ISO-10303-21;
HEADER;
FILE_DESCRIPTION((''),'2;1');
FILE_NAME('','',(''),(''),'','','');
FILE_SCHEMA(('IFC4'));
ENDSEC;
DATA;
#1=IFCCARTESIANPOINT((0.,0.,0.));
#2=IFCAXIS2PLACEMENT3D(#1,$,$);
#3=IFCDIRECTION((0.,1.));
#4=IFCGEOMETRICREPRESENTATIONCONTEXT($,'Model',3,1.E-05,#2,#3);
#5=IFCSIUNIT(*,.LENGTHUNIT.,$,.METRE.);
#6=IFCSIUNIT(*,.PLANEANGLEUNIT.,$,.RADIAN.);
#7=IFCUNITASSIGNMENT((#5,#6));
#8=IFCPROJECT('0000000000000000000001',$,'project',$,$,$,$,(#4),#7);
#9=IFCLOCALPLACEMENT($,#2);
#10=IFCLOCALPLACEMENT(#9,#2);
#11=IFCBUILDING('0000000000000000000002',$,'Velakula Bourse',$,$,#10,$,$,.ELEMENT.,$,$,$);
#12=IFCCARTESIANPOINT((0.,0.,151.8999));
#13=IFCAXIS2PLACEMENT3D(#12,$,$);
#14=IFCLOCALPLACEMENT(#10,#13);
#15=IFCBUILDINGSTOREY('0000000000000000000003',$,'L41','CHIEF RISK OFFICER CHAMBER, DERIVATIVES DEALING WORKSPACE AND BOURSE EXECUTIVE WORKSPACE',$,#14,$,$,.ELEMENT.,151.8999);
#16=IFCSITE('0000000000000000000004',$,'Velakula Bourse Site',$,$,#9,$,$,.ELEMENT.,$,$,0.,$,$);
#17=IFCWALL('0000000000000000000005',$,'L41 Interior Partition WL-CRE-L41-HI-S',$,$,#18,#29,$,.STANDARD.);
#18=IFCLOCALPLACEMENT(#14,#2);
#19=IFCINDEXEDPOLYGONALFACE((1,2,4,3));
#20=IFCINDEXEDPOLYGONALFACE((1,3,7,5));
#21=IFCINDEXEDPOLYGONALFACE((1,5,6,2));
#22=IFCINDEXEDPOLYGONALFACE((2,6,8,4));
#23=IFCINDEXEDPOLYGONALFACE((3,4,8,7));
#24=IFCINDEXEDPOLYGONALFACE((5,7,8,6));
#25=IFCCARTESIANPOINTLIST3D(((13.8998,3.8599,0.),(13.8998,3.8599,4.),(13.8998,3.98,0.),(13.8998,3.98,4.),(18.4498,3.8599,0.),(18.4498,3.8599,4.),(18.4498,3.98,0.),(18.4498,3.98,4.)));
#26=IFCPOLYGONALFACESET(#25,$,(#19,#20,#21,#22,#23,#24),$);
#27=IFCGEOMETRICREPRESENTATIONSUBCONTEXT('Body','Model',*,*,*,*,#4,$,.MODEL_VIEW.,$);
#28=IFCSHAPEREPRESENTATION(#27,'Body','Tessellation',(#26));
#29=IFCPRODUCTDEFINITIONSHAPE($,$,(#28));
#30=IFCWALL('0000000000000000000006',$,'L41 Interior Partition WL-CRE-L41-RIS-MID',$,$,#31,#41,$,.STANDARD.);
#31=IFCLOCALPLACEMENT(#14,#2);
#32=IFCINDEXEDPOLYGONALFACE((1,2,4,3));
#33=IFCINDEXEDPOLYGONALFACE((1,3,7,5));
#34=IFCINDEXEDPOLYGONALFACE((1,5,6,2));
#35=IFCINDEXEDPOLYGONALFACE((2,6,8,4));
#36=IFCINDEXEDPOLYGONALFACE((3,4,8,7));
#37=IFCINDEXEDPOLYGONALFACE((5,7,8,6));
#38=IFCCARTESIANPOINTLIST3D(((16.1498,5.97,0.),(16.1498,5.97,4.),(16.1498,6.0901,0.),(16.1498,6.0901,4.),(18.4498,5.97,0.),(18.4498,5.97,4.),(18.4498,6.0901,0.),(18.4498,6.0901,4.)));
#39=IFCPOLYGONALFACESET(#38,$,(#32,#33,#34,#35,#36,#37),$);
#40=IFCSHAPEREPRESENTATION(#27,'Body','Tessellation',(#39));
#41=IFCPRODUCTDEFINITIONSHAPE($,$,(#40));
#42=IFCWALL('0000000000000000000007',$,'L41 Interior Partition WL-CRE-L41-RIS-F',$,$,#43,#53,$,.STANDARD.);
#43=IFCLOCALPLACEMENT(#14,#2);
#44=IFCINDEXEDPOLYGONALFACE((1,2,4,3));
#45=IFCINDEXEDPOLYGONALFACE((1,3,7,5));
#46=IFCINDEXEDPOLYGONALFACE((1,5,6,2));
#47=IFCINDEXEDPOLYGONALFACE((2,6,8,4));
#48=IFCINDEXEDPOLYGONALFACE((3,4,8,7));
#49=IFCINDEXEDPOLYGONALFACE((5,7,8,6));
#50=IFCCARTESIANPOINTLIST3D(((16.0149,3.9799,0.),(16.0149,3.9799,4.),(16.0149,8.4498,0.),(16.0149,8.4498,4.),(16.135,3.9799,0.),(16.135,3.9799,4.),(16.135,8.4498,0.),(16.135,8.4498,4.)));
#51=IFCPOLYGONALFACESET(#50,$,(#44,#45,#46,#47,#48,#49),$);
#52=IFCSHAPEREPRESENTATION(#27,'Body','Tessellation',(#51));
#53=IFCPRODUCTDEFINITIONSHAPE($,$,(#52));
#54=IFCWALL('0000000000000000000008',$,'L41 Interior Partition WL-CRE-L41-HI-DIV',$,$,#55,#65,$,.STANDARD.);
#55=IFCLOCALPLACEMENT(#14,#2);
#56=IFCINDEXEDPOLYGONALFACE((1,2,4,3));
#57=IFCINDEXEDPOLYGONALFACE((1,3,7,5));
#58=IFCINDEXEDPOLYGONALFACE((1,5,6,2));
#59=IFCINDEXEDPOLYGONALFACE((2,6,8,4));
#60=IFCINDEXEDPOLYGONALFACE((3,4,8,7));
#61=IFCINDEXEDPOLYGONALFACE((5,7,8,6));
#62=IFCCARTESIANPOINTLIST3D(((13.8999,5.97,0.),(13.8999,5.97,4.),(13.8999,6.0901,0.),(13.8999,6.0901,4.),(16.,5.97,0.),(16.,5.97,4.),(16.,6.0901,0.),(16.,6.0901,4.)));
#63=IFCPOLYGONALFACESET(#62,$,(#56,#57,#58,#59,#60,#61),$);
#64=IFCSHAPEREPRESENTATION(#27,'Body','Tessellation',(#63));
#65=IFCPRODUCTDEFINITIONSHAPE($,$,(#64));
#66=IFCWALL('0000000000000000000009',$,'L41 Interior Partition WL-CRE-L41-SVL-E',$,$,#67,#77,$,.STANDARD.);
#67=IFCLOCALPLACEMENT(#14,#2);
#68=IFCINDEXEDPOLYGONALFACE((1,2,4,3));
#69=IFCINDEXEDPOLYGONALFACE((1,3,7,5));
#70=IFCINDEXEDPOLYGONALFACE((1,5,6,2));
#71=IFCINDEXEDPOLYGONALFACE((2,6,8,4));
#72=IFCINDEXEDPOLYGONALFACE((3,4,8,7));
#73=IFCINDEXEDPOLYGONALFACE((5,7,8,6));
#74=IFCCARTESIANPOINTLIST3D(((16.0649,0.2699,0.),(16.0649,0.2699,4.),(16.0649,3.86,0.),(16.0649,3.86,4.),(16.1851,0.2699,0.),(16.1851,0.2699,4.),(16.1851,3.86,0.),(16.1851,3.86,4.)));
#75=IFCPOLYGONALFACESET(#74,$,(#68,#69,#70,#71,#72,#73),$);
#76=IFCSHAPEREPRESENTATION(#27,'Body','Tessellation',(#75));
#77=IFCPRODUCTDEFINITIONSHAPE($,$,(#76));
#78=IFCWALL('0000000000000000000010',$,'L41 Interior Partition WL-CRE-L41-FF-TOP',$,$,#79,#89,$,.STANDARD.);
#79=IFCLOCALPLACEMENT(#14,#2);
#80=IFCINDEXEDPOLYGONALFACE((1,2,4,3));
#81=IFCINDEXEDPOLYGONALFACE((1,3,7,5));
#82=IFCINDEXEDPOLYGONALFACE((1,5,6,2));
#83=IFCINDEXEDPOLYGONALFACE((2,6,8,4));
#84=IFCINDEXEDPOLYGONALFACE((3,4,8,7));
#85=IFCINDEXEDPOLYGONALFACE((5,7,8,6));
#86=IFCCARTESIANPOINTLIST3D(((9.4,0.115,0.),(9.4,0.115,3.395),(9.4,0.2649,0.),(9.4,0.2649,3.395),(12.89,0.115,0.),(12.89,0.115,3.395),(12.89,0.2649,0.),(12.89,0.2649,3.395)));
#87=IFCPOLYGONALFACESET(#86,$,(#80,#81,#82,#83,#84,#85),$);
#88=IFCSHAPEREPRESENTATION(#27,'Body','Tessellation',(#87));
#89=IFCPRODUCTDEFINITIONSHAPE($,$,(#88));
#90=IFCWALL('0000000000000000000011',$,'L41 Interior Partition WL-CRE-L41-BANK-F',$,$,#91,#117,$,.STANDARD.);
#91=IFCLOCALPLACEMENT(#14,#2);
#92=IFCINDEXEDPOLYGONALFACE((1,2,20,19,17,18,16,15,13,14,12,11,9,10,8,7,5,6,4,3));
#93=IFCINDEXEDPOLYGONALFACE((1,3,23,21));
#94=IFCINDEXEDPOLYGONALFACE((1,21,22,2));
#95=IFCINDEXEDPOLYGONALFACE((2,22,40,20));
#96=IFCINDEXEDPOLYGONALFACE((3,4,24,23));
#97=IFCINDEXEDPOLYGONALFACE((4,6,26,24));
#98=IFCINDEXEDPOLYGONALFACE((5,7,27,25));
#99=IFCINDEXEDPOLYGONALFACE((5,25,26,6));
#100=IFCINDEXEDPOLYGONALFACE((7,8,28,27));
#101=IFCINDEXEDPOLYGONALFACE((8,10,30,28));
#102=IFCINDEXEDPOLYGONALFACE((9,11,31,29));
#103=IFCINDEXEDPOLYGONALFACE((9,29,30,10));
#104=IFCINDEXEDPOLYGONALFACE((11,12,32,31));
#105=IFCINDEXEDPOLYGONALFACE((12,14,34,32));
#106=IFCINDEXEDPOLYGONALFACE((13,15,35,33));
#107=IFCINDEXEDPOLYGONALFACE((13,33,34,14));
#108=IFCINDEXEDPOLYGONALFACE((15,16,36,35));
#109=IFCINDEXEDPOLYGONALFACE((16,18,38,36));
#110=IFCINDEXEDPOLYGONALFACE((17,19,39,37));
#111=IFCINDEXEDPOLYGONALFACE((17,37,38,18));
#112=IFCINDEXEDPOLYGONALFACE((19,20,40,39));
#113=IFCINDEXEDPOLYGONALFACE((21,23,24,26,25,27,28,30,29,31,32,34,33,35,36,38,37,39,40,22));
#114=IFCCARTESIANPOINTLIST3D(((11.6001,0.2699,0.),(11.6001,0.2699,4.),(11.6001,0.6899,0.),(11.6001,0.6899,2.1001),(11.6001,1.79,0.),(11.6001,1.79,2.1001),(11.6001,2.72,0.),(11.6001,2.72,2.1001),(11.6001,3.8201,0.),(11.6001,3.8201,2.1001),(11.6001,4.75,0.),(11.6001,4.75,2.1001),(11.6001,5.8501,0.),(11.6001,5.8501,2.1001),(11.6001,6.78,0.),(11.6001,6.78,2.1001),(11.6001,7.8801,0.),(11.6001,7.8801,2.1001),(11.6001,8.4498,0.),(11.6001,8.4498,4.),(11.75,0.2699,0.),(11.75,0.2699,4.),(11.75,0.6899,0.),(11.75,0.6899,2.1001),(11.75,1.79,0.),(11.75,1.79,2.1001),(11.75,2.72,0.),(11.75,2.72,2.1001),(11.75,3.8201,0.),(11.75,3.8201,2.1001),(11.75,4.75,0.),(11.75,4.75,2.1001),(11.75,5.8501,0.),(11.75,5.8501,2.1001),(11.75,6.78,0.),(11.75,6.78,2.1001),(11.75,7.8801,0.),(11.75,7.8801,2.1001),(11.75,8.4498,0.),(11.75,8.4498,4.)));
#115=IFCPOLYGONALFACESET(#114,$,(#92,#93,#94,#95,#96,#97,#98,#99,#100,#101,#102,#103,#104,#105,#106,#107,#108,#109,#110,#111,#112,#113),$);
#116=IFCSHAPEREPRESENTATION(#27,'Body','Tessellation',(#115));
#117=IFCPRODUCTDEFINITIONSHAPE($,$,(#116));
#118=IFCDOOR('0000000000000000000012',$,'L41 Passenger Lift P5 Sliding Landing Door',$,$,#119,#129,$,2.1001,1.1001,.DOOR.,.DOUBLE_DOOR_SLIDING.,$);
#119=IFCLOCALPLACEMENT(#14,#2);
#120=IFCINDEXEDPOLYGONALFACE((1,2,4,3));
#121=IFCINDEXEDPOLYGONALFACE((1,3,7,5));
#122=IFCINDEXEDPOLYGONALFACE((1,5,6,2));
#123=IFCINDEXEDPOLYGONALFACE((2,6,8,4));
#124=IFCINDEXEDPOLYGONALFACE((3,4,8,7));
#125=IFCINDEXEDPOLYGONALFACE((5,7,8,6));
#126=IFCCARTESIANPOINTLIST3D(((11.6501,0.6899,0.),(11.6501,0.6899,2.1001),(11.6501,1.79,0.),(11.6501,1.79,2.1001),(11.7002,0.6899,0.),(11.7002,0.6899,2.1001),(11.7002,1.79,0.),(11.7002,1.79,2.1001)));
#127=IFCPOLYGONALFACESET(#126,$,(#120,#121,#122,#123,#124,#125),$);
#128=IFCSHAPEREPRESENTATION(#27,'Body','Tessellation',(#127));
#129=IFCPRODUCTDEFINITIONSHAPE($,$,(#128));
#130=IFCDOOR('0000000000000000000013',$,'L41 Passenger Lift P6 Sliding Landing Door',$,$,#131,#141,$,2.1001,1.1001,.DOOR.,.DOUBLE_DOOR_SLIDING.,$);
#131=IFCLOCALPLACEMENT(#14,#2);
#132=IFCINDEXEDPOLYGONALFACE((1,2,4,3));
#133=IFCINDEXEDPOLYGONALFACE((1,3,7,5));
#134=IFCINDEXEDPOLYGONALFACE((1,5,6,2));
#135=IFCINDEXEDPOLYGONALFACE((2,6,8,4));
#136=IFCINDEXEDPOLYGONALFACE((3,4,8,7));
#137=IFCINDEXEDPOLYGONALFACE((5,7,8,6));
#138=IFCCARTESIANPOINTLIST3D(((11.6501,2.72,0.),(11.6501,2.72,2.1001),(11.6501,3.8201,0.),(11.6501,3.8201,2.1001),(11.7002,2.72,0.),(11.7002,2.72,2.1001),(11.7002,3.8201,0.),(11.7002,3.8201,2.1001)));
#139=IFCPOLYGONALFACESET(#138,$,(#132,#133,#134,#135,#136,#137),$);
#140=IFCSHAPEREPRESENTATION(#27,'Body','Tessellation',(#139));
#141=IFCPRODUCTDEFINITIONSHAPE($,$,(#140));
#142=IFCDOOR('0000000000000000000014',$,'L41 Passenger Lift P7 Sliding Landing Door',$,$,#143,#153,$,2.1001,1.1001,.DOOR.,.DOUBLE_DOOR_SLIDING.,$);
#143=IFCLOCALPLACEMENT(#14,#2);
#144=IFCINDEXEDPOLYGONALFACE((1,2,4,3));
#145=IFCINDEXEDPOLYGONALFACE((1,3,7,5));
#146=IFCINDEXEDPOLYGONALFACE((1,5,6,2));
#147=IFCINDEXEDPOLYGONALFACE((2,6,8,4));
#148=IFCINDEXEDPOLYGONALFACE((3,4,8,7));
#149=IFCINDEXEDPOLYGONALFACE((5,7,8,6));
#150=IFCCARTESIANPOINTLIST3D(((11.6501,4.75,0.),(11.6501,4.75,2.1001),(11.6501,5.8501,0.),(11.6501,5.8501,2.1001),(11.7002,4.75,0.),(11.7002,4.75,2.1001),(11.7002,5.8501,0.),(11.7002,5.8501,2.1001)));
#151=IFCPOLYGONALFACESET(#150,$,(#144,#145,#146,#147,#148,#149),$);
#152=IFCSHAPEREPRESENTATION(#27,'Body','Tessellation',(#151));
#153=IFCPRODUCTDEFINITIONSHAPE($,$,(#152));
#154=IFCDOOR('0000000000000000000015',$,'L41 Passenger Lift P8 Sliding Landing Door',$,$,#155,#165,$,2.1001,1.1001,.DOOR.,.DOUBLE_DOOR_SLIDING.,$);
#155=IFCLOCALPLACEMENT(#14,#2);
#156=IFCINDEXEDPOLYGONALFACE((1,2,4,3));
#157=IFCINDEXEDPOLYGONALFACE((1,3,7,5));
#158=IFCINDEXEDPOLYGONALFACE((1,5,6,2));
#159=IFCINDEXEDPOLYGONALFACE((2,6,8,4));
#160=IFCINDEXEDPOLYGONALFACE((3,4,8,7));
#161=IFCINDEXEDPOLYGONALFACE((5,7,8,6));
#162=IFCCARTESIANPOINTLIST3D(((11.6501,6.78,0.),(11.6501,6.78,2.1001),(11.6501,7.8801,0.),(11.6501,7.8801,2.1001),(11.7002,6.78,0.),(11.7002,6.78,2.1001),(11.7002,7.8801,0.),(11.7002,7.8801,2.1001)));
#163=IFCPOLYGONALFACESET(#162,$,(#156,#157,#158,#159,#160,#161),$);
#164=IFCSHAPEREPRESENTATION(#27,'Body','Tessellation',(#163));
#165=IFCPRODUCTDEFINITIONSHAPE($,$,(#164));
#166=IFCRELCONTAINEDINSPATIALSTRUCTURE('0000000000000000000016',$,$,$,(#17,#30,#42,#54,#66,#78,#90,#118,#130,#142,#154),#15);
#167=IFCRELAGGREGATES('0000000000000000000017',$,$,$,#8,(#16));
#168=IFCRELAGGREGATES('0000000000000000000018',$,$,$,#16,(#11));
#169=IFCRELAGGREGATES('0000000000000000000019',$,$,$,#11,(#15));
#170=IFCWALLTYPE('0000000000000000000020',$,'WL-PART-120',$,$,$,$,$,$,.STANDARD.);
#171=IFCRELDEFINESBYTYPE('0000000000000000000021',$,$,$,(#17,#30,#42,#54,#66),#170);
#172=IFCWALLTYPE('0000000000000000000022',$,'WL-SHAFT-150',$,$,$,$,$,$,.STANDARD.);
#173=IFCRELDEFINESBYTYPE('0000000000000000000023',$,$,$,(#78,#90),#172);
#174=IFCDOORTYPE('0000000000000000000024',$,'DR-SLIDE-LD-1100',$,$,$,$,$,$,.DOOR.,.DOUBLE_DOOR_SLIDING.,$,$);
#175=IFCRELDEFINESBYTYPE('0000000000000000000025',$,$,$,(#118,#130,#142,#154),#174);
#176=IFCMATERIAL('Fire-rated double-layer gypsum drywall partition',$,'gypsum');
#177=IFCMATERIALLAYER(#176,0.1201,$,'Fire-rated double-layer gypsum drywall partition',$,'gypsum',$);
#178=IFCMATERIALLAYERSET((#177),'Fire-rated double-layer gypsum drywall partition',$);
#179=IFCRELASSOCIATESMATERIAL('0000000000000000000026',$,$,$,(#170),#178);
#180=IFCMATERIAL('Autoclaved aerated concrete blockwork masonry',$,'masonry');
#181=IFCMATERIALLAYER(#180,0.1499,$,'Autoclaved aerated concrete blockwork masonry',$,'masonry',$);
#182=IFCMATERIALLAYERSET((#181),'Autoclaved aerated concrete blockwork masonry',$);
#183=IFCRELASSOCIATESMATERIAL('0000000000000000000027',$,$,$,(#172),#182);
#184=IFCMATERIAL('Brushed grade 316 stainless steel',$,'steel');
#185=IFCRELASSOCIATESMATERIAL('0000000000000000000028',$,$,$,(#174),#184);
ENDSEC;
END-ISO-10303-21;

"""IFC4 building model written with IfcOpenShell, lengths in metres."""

from ifc_helpers import new_model, si_unit, direction, frame, frame_2d, origin, place, context, subcontext, project, spatial, rectangle, extrude, material, layer, layer_set, type_object, element, fill, save


model = new_model("IFC4")

# Units and contexts
model_context = context("Model", 3, precision=1e-05, world=origin(), true_north=direction((0.0, 1.0)))
body_context = subcontext(model_context, "Body", "Model", "MODEL_VIEW")
ifc_project = project(units=[si_unit("LENGTHUNIT", "METRE"), si_unit("PLANEANGLEUNIT", "RADIAN")], contexts=[model_context])

# Site, building, storey
site_placement = place(None, origin())
site = spatial("IfcSite", under=ifc_project, at=site_placement, Name="Velakula Bourse Site", CompositionType="ELEMENT", RefElevation=0.0)
building_placement = place(site_placement, origin())
building = spatial("IfcBuilding", under=site, at=building_placement, Name="Velakula Bourse", CompositionType="ELEMENT")
storey_placement = place(building_placement, frame((0.0, 0.0, 151.8999)))
storey = spatial("IfcBuildingStorey", under=building, at=storey_placement, Name="L41", Description="CHIEF RISK OFFICER CHAMBER, DERIVATIVES DEALING WORKSPACE AND BOURSE EXECUTIVE WORKSPACE", CompositionType="ELEMENT", Elevation=151.8999)

# Walls
ifc_material_1 = material(Name="Fire-rated double-layer gypsum drywall partition", Category="gypsum")
ifc_layer_1 = layer(ifc_material_1, 0.1201, Name="Fire-rated double-layer gypsum drywall partition", Category="gypsum")
ifc_layer_set_1 = layer_set([ifc_layer_1], Name="Fire-rated double-layer gypsum drywall partition")
wall_type_1 = type_object("IfcWallType", Name="WL-PART-120", PredefinedType="STANDARD", material=ifc_layer_set_1)
wall_1_placement = place(storey_placement, frame((13.8999, 3.9199, 0.0), z_axis=(0.0, 0.0, 1.0), x_axis=(1.0, 0.0, 0.0)))
element("IfcWall", 1, at=wall_1_placement, inside=storey, type_object=wall_type_1, Name="L41 Interior Partition WL-CRE-L41-HI-S", PredefinedType="STANDARD", context=body_context, shape_type="SweptSolid", body=[
    extrude(rectangle(XDim=4.55, YDim=0.1201, at=frame_2d((2.2749, 0.0))), origin(), (0.0, 0.0, 1.0), 4.0),
])
wall_2_placement = place(storey_placement, frame((16.1499, 6.03, 0.0), z_axis=(0.0, 0.0, 1.0), x_axis=(1.0, 0.0, 0.0)))
element("IfcWall", 2, at=wall_2_placement, inside=storey, type_object=wall_type_1, Name="L41 Interior Partition WL-CRE-L41-RIS-MID", PredefinedType="STANDARD", context=body_context, shape_type="SweptSolid", body=[
    extrude(rectangle(XDim=2.3, YDim=0.1201, at=frame_2d((1.1499, 0.0))), origin(), (0.0, 0.0, 1.0), 4.0),
])
wall_3_placement = place(storey_placement, frame((16.075, 3.98, 0.0), z_axis=(0.0, 0.0, 1.0), x_axis=(0.0, 1.0, 0.0)))
element("IfcWall", 3, at=wall_3_placement, inside=storey, type_object=wall_type_1, Name="L41 Interior Partition WL-CRE-L41-RIS-F", PredefinedType="STANDARD", context=body_context, shape_type="SweptSolid", body=[
    extrude(rectangle(XDim=4.47, YDim=0.1201, at=frame_2d((2.2349, 0.0))), origin(), (0.0, 0.0, 1.0), 4.0),
])
wall_4_placement = place(storey_placement, frame((13.8999, 6.03, 0.0), z_axis=(0.0, 0.0, 1.0), x_axis=(1.0, 0.0, 0.0)))
element("IfcWall", 4, at=wall_4_placement, inside=storey, type_object=wall_type_1, Name="L41 Interior Partition WL-CRE-L41-HI-DIV", PredefinedType="STANDARD", context=body_context, shape_type="SweptSolid", body=[
    extrude(rectangle(XDim=2.1001, YDim=0.1201, at=frame_2d((1.05, 0.0))), origin(), (0.0, 0.0, 1.0), 4.0),
])
wall_5_placement = place(storey_placement, frame((16.125, 0.27, 0.0), z_axis=(0.0, 0.0, 1.0), x_axis=(0.0, 1.0, 0.0)))
element("IfcWall", 5, at=wall_5_placement, inside=storey, type_object=wall_type_1, Name="L41 Interior Partition WL-CRE-L41-SVL-E", PredefinedType="STANDARD", context=body_context, shape_type="SweptSolid", body=[
    extrude(rectangle(XDim=3.5901, YDim=0.1201, at=frame_2d((1.7949, 0.0))), origin(), (0.0, 0.0, 1.0), 4.0),
])
ifc_material_2 = material(Name="Autoclaved aerated concrete blockwork masonry", Category="masonry")
ifc_layer_2 = layer(ifc_material_2, 0.1499, Name="Autoclaved aerated concrete blockwork masonry", Category="masonry")
ifc_layer_set_2 = layer_set([ifc_layer_2], Name="Autoclaved aerated concrete blockwork masonry")
wall_type_2 = type_object("IfcWallType", Name="WL-SHAFT-150", PredefinedType="STANDARD", material=ifc_layer_set_2)
wall_6_placement = place(storey_placement, frame((9.3999, 0.1899, 0.0), z_axis=(0.0, 0.0, 1.0), x_axis=(1.0, 0.0, 0.0)))
element("IfcWall", 6, at=wall_6_placement, inside=storey, type_object=wall_type_2, Name="L41 Interior Partition WL-CRE-L41-FF-TOP", PredefinedType="STANDARD", context=body_context, shape_type="SweptSolid", body=[
    extrude(rectangle(XDim=3.49, YDim=0.1499, at=frame_2d((1.7451, 0.0))), origin(), (0.0, 0.0, 1.0), 3.395),
])

# Wall, openings, doors
wall_7_placement = place(storey_placement, frame((11.675, 0.27, 0.0), z_axis=(0.0, 0.0, 1.0), x_axis=(0.0, 1.0, 0.0)))
wall_7 = element("IfcWall", 7, at=wall_7_placement, inside=storey, type_object=wall_type_2, Name="L41 Interior Partition WL-CRE-L41-BANK-F", PredefinedType="STANDARD", context=body_context, shape_type="SweptSolid", body=[
    extrude(rectangle(XDim=8.1799, YDim=0.1499, at=frame_2d((4.0898, 0.0))), origin(), (0.0, 0.0, 1.0), 4.0),
])
opening_1_placement = place(wall_7_placement, frame((0.4199, 0.0, 0.0)))
opening_1 = element("IfcOpeningElement", 8, at=opening_1_placement, cuts=wall_7, PredefinedType="OPENING", context=body_context, shape_type="SweptSolid", body=[
    extrude(rectangle(XDim=1.1001, YDim=2.1001, at=frame_2d((0.55, 1.05))), frame((0.0, 0.085, 0.0), z_axis=(0.0, -1.0, 0.0), x_axis=(1.0, 0.0, 0.0)), (0.0, 0.0, 1.0), 0.1699),
])
opening_2_placement = place(wall_7_placement, frame((2.45, 0.0, 0.0)))
opening_2 = element("IfcOpeningElement", 9, at=opening_2_placement, cuts=wall_7, PredefinedType="OPENING", context=body_context, shape_type="SweptSolid", body=[
    extrude(rectangle(XDim=1.1001, YDim=2.1001, at=frame_2d((0.55, 1.05))), frame((0.0, 0.085, 0.0), z_axis=(0.0, -1.0, 0.0), x_axis=(1.0, 0.0, 0.0)), (0.0, 0.0, 1.0), 0.1699),
])
opening_3_placement = place(wall_7_placement, frame((4.48, 0.0, 0.0)))
opening_3 = element("IfcOpeningElement", 10, at=opening_3_placement, cuts=wall_7, PredefinedType="OPENING", context=body_context, shape_type="SweptSolid", body=[
    extrude(rectangle(XDim=1.1001, YDim=2.1001, at=frame_2d((0.55, 1.05))), frame((0.0, 0.085, 0.0), z_axis=(0.0, -1.0, 0.0), x_axis=(1.0, 0.0, 0.0)), (0.0, 0.0, 1.0), 0.1699),
])
opening_4_placement = place(wall_7_placement, frame((6.51, 0.0, 0.0)))
opening_4 = element("IfcOpeningElement", 11, at=opening_4_placement, cuts=wall_7, PredefinedType="OPENING", context=body_context, shape_type="SweptSolid", body=[
    extrude(rectangle(XDim=1.1001, YDim=2.1001, at=frame_2d((0.55, 1.05))), frame((0.0, 0.085, 0.0), z_axis=(0.0, -1.0, 0.0), x_axis=(1.0, 0.0, 0.0)), (0.0, 0.0, 1.0), 0.1699),
])
ifc_material_3 = material(Name="Brushed grade 316 stainless steel", Category="steel")
door_type_1 = type_object("IfcDoorType", Name="DR-SLIDE-LD-1100", OperationType="DOUBLE_DOOR_SLIDING", PredefinedType="DOOR", material=ifc_material_3)
door_1_placement = place(opening_1_placement, origin())
door_1 = element("IfcDoor", 12, at=door_1_placement, inside=storey, type_object=door_type_1, Name="L41 Passenger Lift P5 Sliding Landing Door", OperationType="DOUBLE_DOOR_SLIDING", OverallHeight=2.1001, OverallWidth=1.1001, PredefinedType="DOOR", context=body_context, shape_type="SweptSolid", body=[
    extrude(rectangle(XDim=1.1001, YDim=2.1001, at=frame_2d((0.55, 1.05))), frame((0.0, 0.0249, 0.0), z_axis=(0.0, -1.0, 0.0), x_axis=(1.0, 0.0, 0.0)), (0.0, 0.0, 1.0), 0.05),
])
fill(opening_1, door_1)
door_2_placement = place(opening_2_placement, origin())
door_2 = element("IfcDoor", 13, at=door_2_placement, inside=storey, type_object=door_type_1, Name="L41 Passenger Lift P6 Sliding Landing Door", OperationType="DOUBLE_DOOR_SLIDING", OverallHeight=2.1001, OverallWidth=1.1001, PredefinedType="DOOR", context=body_context, shape_type="SweptSolid", body=[
    extrude(rectangle(XDim=1.1001, YDim=2.1001, at=frame_2d((0.55, 1.05))), frame((0.0, 0.0249, 0.0), z_axis=(0.0, -1.0, 0.0), x_axis=(1.0, 0.0, 0.0)), (0.0, 0.0, 1.0), 0.05),
])
fill(opening_2, door_2)
door_3_placement = place(opening_3_placement, origin())
door_3 = element("IfcDoor", 14, at=door_3_placement, inside=storey, type_object=door_type_1, Name="L41 Passenger Lift P7 Sliding Landing Door", OperationType="DOUBLE_DOOR_SLIDING", OverallHeight=2.1001, OverallWidth=1.1001, PredefinedType="DOOR", context=body_context, shape_type="SweptSolid", body=[
    extrude(rectangle(XDim=1.1001, YDim=2.1001, at=frame_2d((0.55, 1.05))), frame((0.0, 0.0249, 0.0), z_axis=(0.0, -1.0, 0.0), x_axis=(1.0, 0.0, 0.0)), (0.0, 0.0, 1.0), 0.05),
])
fill(opening_3, door_3)
door_4_placement = place(opening_4_placement, origin())
door_4 = element("IfcDoor", 15, at=door_4_placement, inside=storey, type_object=door_type_1, Name="L41 Passenger Lift P8 Sliding Landing Door", OperationType="DOUBLE_DOOR_SLIDING", OverallHeight=2.1001, OverallWidth=1.1001, PredefinedType="DOOR", context=body_context, shape_type="SweptSolid", body=[
    extrude(rectangle(XDim=1.1001, YDim=2.1001, at=frame_2d((0.55, 1.05))), frame((0.0, 0.0249, 0.0), z_axis=(0.0, -1.0, 0.0), x_axis=(1.0, 0.0, 0.0)), (0.0, 0.0, 1.0), 0.05),
])
fill(opening_4, door_4)

save(model, "model.ifc")
